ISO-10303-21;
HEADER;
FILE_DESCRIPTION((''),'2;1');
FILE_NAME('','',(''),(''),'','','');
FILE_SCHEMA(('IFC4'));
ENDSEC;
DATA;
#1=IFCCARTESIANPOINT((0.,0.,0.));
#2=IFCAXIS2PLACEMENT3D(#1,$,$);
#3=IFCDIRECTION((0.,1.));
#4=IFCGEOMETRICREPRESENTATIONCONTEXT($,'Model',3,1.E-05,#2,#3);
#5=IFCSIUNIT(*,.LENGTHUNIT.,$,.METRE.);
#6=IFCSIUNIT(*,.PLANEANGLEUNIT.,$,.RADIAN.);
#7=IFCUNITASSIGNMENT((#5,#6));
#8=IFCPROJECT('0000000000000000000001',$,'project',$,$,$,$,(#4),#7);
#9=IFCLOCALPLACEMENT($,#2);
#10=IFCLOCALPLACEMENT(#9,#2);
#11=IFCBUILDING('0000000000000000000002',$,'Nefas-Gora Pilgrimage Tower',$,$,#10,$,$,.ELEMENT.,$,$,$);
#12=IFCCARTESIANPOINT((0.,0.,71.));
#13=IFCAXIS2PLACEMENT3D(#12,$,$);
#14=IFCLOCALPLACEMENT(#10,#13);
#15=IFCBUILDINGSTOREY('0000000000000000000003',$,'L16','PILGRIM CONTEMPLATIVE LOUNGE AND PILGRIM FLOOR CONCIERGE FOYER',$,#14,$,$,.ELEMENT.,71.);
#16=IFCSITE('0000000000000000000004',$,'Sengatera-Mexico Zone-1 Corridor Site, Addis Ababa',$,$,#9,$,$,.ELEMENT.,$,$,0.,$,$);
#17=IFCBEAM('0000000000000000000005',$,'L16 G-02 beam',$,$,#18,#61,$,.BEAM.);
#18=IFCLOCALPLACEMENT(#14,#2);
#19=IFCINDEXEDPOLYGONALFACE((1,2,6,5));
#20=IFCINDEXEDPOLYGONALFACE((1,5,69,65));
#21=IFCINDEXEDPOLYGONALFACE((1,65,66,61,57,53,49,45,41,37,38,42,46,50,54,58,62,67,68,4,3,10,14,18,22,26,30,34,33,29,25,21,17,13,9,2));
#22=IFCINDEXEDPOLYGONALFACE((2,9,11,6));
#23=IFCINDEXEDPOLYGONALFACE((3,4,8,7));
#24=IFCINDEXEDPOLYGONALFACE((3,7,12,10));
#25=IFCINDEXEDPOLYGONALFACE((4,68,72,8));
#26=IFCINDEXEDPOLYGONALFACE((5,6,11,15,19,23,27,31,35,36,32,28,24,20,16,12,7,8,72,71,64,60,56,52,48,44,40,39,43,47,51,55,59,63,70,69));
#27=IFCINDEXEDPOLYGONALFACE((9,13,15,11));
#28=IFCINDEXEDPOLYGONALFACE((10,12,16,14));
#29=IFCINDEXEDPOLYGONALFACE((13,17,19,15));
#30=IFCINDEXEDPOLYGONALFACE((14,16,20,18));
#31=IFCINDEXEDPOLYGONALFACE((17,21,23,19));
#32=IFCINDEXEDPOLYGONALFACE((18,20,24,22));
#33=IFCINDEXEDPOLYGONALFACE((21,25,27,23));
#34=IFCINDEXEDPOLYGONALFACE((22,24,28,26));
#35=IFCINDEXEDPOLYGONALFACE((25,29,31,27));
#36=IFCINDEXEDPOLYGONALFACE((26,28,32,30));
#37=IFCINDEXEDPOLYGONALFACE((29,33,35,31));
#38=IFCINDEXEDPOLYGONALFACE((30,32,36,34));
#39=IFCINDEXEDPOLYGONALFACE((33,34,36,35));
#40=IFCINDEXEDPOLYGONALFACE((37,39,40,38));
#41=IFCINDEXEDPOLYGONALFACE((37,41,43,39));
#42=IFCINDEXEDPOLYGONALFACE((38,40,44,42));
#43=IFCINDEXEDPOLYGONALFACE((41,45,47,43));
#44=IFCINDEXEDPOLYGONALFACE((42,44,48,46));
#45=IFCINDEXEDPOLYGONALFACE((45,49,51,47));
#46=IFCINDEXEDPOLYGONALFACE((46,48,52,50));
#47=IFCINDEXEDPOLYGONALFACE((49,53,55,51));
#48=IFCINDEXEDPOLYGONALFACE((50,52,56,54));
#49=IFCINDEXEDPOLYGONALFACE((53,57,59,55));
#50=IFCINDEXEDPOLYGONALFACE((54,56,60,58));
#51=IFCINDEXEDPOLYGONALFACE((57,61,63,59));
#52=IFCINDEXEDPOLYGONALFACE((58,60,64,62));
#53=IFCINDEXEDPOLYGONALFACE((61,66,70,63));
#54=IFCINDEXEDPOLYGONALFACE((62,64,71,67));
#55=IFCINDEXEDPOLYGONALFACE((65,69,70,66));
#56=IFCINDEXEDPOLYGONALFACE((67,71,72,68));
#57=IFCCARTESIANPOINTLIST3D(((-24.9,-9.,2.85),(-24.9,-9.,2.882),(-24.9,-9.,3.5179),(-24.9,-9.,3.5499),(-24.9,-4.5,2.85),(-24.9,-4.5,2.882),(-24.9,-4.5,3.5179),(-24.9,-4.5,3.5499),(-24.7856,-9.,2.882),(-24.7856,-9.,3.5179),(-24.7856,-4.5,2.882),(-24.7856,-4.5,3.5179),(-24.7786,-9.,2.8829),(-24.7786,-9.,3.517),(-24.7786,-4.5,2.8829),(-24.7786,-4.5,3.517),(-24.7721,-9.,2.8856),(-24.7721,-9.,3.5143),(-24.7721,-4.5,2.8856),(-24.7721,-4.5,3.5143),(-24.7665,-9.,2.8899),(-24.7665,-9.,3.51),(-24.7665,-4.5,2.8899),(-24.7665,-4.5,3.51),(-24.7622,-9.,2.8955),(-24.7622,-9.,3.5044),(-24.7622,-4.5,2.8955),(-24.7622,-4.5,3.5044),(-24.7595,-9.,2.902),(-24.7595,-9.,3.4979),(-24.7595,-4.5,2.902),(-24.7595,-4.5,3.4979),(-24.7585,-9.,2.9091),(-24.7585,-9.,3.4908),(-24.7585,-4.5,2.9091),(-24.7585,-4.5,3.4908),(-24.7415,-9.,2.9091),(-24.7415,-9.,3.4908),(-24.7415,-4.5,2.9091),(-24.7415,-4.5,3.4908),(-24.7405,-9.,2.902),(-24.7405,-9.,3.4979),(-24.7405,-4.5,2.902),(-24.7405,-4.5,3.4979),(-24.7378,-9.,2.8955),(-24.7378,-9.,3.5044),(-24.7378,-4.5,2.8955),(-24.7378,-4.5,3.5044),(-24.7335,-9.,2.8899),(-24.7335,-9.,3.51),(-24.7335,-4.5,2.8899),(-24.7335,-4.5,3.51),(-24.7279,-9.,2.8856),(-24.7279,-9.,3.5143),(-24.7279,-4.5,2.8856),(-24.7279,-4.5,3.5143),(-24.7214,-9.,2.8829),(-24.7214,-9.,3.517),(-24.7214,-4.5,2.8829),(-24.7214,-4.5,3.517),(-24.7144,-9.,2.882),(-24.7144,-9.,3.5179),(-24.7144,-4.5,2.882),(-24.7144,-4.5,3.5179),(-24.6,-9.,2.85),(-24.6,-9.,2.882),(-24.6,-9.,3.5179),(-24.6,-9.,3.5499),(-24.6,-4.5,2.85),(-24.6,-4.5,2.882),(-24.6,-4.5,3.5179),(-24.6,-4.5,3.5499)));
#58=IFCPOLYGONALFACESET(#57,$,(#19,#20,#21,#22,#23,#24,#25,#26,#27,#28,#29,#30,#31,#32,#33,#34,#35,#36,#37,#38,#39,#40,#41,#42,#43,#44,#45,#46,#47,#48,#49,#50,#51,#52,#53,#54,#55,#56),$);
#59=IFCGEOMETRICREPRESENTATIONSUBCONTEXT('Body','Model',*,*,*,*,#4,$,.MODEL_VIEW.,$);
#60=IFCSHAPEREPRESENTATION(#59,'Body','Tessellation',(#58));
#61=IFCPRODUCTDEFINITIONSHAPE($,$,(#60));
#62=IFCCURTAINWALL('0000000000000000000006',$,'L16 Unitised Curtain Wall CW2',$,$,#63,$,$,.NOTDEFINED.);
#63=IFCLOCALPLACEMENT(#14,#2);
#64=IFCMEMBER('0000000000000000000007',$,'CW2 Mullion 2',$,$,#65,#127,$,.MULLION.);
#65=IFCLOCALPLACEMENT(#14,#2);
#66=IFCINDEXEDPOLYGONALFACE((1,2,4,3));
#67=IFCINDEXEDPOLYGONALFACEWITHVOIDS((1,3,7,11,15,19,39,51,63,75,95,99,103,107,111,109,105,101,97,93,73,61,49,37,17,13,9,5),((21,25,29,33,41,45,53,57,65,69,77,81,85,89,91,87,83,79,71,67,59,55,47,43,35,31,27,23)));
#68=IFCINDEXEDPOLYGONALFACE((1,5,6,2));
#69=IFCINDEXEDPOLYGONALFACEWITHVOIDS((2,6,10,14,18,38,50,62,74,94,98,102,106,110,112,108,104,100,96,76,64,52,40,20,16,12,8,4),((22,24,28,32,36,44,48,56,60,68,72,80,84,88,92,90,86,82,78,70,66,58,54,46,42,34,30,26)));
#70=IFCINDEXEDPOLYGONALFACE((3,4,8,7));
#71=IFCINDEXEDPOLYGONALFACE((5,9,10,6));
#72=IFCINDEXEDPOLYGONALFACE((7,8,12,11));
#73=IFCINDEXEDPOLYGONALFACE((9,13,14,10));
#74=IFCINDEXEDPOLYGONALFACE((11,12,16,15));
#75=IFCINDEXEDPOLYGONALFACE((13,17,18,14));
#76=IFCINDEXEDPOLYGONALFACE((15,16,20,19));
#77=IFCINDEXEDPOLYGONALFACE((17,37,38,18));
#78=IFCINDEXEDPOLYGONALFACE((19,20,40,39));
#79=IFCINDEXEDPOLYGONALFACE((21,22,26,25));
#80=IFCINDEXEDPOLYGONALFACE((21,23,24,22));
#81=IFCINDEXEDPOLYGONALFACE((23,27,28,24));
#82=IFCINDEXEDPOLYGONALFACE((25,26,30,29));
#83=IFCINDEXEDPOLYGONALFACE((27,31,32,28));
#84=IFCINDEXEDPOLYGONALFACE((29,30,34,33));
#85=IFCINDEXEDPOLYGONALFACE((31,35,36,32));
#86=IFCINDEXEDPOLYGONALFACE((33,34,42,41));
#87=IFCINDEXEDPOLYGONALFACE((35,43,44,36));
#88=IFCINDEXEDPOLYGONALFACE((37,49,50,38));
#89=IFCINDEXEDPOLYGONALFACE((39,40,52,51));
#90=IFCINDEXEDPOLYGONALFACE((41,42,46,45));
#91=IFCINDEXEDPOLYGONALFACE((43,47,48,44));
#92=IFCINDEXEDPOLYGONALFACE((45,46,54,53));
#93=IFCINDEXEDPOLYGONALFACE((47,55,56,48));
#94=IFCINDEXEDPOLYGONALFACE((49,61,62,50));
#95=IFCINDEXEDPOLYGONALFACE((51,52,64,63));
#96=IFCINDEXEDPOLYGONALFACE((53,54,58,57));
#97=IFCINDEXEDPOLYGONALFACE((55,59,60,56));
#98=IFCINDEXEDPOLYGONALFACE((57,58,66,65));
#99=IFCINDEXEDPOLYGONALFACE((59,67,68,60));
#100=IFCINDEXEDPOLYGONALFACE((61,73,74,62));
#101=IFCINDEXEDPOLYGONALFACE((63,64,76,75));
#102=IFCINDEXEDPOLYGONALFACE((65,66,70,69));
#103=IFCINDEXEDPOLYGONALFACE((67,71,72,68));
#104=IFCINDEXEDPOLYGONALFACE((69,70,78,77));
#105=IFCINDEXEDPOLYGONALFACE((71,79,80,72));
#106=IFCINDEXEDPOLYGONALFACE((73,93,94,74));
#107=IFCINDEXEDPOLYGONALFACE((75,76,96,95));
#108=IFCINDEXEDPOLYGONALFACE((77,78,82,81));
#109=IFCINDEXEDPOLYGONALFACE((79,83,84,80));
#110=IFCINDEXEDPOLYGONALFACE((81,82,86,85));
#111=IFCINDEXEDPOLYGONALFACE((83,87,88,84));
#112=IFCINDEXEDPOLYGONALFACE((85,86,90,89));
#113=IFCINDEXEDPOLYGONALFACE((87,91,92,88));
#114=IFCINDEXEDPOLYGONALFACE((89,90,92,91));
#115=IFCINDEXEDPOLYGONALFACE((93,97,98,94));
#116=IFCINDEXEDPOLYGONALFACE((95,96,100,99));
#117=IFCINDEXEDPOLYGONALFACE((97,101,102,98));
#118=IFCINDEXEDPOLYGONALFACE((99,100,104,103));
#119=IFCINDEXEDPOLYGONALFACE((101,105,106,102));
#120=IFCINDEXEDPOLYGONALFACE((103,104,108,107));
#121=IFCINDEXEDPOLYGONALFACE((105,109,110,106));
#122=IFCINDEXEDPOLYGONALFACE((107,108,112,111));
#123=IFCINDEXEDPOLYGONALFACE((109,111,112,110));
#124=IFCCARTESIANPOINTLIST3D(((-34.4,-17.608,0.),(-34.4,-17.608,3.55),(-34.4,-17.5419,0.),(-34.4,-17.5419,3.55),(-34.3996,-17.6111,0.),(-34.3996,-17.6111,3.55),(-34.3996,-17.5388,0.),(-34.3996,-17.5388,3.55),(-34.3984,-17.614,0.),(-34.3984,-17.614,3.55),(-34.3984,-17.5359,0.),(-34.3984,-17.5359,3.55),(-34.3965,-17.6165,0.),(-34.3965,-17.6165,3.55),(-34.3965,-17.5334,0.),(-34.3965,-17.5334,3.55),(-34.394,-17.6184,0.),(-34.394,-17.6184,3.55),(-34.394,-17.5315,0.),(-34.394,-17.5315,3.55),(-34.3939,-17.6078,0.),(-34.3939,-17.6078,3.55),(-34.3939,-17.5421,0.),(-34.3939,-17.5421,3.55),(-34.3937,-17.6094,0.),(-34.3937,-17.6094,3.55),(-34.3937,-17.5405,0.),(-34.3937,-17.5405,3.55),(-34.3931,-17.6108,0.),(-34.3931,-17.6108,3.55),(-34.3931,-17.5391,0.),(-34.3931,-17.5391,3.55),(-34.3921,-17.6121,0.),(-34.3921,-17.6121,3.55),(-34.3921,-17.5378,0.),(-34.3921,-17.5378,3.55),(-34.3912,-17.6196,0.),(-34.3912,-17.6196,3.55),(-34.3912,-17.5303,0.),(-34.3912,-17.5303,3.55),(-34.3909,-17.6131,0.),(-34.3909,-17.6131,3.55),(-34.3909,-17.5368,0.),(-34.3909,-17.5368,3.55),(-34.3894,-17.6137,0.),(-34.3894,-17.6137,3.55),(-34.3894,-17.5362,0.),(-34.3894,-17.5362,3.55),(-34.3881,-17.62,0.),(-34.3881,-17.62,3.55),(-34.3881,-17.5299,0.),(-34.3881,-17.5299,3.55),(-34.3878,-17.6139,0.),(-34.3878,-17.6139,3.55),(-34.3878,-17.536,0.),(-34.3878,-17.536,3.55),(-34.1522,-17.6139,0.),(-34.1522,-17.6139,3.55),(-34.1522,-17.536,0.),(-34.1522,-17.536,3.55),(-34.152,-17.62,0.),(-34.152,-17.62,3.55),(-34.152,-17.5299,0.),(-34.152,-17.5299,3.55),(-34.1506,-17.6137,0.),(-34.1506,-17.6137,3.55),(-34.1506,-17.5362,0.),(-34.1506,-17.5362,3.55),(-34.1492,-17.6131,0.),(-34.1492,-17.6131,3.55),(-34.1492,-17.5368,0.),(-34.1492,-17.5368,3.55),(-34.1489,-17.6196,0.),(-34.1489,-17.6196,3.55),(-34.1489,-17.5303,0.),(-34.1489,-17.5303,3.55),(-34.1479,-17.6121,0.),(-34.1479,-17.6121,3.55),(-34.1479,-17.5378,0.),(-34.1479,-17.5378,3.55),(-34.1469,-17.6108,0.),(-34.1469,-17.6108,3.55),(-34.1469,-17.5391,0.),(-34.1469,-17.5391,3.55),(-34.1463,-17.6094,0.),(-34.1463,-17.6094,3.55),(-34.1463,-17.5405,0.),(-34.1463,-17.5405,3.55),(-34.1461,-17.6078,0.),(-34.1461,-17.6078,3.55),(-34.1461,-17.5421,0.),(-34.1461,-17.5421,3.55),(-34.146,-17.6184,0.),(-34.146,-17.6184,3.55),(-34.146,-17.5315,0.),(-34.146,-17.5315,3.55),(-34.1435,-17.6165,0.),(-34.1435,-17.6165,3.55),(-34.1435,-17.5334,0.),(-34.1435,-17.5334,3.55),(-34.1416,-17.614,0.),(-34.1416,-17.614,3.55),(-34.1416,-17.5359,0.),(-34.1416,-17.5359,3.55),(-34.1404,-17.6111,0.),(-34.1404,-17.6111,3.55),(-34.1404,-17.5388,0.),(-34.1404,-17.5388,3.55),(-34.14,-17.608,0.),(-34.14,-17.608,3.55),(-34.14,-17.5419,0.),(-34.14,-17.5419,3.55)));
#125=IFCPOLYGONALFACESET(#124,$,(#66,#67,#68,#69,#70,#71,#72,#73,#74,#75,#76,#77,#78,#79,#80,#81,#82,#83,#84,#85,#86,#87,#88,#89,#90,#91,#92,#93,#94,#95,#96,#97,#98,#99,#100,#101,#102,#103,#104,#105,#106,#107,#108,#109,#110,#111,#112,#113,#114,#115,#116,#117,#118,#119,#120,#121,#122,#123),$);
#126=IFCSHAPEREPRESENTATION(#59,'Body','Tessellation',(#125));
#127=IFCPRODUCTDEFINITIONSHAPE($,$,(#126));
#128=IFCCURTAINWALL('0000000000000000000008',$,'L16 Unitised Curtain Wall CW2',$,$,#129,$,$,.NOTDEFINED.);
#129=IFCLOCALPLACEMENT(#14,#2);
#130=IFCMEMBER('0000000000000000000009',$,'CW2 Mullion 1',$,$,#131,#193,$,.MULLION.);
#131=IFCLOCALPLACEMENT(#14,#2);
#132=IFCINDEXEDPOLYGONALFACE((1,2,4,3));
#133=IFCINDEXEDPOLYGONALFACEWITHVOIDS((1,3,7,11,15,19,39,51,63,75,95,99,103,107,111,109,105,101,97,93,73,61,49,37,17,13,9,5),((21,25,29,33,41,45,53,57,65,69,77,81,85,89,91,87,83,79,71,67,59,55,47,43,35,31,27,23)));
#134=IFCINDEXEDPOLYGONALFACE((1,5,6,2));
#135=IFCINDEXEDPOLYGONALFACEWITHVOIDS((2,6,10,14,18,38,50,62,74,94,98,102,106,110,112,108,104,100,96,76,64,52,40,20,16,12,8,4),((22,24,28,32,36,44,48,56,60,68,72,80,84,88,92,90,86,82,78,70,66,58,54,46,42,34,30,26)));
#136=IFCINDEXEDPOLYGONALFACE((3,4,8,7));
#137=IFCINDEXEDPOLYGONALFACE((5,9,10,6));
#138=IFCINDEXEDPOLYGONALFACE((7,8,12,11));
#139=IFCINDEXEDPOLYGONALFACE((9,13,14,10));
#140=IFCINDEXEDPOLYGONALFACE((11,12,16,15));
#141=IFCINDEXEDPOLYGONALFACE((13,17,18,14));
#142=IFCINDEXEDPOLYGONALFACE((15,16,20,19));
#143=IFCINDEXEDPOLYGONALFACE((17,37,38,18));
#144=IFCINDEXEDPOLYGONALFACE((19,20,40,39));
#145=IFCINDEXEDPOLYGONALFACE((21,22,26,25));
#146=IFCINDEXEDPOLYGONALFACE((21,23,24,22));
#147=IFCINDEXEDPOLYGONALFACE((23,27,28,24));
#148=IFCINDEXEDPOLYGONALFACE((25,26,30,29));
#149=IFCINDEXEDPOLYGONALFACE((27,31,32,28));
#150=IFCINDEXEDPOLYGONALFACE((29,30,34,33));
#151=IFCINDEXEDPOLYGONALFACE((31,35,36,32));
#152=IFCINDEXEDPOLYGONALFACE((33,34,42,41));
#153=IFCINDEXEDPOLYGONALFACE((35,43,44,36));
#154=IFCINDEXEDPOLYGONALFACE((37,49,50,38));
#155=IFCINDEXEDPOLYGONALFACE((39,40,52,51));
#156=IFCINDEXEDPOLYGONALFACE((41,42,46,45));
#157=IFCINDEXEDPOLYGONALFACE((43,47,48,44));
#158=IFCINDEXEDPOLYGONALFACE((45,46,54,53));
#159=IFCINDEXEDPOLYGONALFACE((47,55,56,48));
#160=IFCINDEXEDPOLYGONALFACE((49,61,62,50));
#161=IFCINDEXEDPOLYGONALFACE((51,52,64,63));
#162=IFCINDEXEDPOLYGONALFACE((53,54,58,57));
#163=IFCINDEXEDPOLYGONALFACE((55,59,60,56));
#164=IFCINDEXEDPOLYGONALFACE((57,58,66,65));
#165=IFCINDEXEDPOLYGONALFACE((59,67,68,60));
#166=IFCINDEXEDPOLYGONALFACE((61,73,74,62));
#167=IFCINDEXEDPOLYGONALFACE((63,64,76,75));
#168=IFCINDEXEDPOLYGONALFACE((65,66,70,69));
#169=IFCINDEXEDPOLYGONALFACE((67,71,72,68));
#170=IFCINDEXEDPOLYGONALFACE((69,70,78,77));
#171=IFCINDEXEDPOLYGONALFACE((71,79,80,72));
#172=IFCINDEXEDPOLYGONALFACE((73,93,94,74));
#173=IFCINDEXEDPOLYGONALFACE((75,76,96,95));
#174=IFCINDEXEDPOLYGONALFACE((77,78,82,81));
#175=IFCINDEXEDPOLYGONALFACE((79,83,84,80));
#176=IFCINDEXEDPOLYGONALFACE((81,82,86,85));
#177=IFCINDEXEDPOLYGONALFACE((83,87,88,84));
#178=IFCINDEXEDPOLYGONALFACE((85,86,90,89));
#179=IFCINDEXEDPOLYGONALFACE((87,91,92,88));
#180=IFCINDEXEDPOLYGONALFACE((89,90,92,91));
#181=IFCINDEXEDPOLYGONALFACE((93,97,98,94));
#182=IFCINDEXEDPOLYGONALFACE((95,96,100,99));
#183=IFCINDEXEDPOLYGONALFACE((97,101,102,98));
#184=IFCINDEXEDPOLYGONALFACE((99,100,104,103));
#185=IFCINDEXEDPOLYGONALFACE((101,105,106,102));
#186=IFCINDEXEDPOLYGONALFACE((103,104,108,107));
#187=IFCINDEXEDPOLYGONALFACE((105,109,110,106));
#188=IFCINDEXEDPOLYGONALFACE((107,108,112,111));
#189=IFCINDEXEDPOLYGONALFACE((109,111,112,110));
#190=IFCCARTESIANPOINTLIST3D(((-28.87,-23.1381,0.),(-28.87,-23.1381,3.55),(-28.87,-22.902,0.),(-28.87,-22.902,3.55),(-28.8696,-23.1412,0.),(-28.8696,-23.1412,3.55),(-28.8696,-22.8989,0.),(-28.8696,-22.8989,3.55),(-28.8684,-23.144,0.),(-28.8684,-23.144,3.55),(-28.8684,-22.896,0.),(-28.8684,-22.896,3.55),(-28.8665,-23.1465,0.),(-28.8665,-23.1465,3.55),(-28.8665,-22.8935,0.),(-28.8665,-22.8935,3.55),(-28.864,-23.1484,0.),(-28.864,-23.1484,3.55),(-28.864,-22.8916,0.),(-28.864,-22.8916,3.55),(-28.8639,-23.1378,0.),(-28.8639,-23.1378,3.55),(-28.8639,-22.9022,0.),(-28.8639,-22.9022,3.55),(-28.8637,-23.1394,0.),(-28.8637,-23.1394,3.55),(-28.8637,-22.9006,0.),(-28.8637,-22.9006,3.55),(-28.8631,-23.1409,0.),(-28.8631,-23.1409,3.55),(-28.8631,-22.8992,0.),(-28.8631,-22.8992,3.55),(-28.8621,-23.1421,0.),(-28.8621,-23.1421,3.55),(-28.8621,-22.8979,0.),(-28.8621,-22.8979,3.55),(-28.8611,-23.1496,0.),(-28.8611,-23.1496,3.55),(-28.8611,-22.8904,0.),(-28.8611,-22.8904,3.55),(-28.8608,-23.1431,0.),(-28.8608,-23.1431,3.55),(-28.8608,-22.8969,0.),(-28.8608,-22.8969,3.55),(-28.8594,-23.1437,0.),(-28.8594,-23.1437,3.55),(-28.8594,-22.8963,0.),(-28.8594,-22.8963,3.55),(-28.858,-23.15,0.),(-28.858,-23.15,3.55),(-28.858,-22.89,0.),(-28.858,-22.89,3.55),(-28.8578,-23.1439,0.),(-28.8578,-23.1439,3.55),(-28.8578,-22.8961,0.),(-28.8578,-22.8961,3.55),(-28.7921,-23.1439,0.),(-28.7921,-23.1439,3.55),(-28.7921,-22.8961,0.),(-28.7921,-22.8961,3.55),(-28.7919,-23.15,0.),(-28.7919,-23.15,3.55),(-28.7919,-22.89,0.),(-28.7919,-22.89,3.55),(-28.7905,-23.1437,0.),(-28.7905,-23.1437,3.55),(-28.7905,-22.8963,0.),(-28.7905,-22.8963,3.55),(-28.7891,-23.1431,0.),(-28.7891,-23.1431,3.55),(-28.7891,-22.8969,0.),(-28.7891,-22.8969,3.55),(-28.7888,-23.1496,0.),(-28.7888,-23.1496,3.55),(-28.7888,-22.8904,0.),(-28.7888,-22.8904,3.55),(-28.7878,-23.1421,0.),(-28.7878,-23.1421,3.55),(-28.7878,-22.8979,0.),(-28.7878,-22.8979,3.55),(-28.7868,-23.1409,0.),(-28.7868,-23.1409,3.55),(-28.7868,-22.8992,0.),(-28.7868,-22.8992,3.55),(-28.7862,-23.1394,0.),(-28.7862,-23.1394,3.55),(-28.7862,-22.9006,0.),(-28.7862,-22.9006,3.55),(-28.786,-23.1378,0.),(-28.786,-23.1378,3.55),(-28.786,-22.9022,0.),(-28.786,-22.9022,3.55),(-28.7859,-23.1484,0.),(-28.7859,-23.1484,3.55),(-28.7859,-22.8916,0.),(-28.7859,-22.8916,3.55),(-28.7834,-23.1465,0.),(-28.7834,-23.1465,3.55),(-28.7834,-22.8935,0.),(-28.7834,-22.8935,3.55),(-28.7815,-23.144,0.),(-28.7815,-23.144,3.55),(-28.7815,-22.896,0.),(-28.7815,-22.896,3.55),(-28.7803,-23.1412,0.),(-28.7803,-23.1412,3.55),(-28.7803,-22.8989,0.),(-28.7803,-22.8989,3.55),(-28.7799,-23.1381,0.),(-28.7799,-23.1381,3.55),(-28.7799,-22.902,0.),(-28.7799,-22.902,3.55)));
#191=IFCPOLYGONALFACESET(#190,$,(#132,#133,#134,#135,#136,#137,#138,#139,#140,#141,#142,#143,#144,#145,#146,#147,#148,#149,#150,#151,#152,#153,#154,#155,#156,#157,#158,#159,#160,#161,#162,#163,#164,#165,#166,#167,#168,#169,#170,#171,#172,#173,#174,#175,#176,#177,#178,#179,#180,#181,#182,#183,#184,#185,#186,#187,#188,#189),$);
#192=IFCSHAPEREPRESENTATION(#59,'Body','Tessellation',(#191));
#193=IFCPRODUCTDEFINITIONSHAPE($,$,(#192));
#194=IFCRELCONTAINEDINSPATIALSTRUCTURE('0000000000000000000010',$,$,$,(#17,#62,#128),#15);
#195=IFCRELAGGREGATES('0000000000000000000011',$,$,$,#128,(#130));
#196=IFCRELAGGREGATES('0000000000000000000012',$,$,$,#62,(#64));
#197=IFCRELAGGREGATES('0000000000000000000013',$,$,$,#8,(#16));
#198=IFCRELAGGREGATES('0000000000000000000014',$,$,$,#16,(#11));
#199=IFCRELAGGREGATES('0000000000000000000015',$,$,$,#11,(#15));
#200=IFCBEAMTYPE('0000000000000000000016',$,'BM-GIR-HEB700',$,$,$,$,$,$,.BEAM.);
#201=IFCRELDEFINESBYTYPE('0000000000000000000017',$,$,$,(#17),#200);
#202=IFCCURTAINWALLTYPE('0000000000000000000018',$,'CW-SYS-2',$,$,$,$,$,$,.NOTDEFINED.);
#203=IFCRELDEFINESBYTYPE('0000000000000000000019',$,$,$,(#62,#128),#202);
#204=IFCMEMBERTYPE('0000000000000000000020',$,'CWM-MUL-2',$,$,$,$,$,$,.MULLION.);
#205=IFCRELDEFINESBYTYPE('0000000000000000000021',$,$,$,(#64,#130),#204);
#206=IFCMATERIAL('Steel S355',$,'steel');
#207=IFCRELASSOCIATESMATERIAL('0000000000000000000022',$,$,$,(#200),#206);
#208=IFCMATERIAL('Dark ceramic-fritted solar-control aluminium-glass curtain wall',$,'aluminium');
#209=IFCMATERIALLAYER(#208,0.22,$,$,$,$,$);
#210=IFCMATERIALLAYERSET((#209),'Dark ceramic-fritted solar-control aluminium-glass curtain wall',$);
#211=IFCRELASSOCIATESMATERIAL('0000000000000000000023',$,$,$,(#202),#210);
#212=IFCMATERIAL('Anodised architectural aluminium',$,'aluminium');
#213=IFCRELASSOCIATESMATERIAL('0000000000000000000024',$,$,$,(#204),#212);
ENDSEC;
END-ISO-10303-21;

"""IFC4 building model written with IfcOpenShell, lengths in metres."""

from ifc_helpers import new_model, si_unit, direction, frame, origin, origin_2d, place, context, subcontext, project, spatial, hollow_rectangle, i_section, extrude, source, transform, mapped, material, layer, layer_set, material_profile, profile_set, type_object, element, aggregate, save


model = new_model("IFC4")

# Units and contexts
model_context = context("Model", 3, precision=1e-05, world=origin(), true_north=direction((0.0, 1.0)))
body_context = subcontext(model_context, "Body", "Model", "MODEL_VIEW")
ifc_project = project(units=[si_unit("LENGTHUNIT", "METRE"), si_unit("PLANEANGLEUNIT", "RADIAN")], contexts=[model_context])

# Site, building, storey
site_placement = place(None, origin())
site = spatial("IfcSite", under=ifc_project, at=site_placement, Name="Sengatera-Mexico Zone-1 Corridor Site, Addis Ababa", CompositionType="ELEMENT", RefElevation=0.0)
building_placement = place(site_placement, origin())
building = spatial("IfcBuilding", under=site, at=building_placement, Name="Nefas-Gora Pilgrimage Tower", CompositionType="ELEMENT")
storey_placement = place(building_placement, frame((0.0, 0.0, 71.0)))
storey = spatial("IfcBuildingStorey", under=building, at=storey_placement, Name="L16", Description="PILGRIM CONTEMPLATIVE LOUNGE AND PILGRIM FLOOR CONCIERGE FOYER", CompositionType="ELEMENT", Elevation=71.0)

# Beam
ifc_material_1 = material(Name="Steel S355", Category="steel")
ifc_material_profile_1 = material_profile(ifc_material_1, i_section(OverallWidth=0.3, OverallDepth=0.7, WebThickness=0.0171, FlangeThickness=0.032, FilletRadius=0.0271, at=origin_2d()), Name="HEB 700")
ifc_profile_set_1 = profile_set([ifc_material_profile_1], Name="Steel S355")
beam_type_1 = type_object("IfcBeamType", Name="BM-GIR-HEB700", PredefinedType="BEAM", material=ifc_profile_set_1)
shared_shape_1 = source(origin(), body_context, "Body", "SweptSolid", [
    extrude(i_section(OverallWidth=0.3, OverallDepth=0.7, WebThickness=0.0171, FlangeThickness=0.032, FilletRadius=0.0271, at=origin_2d()), origin(), (0.0, 0.0, 1.0), 4.5),
])
for number, where, z_axis, x_axis, name in (
    (1, (-24.75, -9.0, 3.2), (0.0, 1.0, 0.0), (-1.0, 0.0, 0.0), "L16 G-02 beam"),
):
    element("IfcBeam", number, at=place(storey_placement, frame(where, z_axis=z_axis, x_axis=x_axis)), inside=storey, type_object=beam_type_1, Name=name, PredefinedType="BEAM", context=body_context, shape_type="MappedRepresentation", body=[
        mapped(shared_shape_1, transform((0.0, 0.0, 0.0), x_axis=(1.0, 0.0, 0.0), y_axis=(0.0, 1.0, 0.0), z_axis=(0.0, 0.0, 1.0), scale=1.0)),
    ])

# Curtain wall, member
ifc_material_2 = material(Name="Dark ceramic-fritted solar-control aluminium-glass curtain wall", Category="aluminium")
ifc_layer_1 = layer(ifc_material_2, 0.22)
ifc_layer_set_1 = layer_set([ifc_layer_1], Name="Dark ceramic-fritted solar-control aluminium-glass curtain wall")
curtain_wall_type = type_object("IfcCurtainWallType", Name="CW-SYS-2", PredefinedType="NOTDEFINED", material=ifc_layer_set_1)
curtain_wall_1_placement = place(storey_placement, origin())
curtain_wall_1 = element("IfcCurtainWall", 2, at=curtain_wall_1_placement, inside=storey, type_object=curtain_wall_type, Name="L16 Unitised Curtain Wall CW2", PredefinedType="NOTDEFINED")
ifc_material_3 = material(Name="Anodised architectural aluminium", Category="aluminium")
ifc_material_profile_2 = material_profile(ifc_material_3, hollow_rectangle(XDim=0.0901, YDim=0.26, WallThickness=0.0061, InnerFilletRadius=0.0061, OuterFilletRadius=0.012, at=origin_2d()), Name="ALU MULLION 90x260")
ifc_profile_set_2 = profile_set([ifc_material_profile_2], Name="Anodised architectural aluminium")
member_type_1 = type_object("IfcMemberType", Name="CWM-MUL-2", PredefinedType="MULLION", material=ifc_profile_set_2)
shared_shape_2 = source(origin(), body_context, "Body", "SweptSolid", [
    extrude(hollow_rectangle(XDim=0.0901, YDim=0.26, WallThickness=0.0061, InnerFilletRadius=0.0061, OuterFilletRadius=0.012, at=origin_2d()), origin(), (0.0, 0.0, 1.0), 3.55),
])
member_1_placement = place(storey_placement, frame((-34.27, -17.575, 0.0), z_axis=(0.0, 0.0, 1.0), x_axis=(0.0, -1.0, 0.0)))
member_1 = element("IfcMember", 3, at=member_1_placement, type_object=member_type_1, Name="CW2 Mullion 2", PredefinedType="MULLION", context=body_context, shape_type="MappedRepresentation", body=[
    mapped(shared_shape_2, transform((0.0, 0.0, 0.0), x_axis=(1.0, 0.0, 0.0), y_axis=(0.0, 1.0, 0.0), z_axis=(0.0, 0.0, 1.0), scale=1.0)),
])

# Curtain wall, member
curtain_wall_2_placement = place(storey_placement, origin())
curtain_wall_2 = element("IfcCurtainWall", 4, at=curtain_wall_2_placement, inside=storey, type_object=curtain_wall_type, Name="L16 Unitised Curtain Wall CW2", PredefinedType="NOTDEFINED")
member_2_placement = place(storey_placement, frame((-28.825, -23.02, 0.0), z_axis=(0.0, 0.0, 1.0), x_axis=(1.0, 0.0, 0.0)))
member_2 = element("IfcMember", 5, at=member_2_placement, type_object=member_type_1, Name="CW2 Mullion 1", PredefinedType="MULLION", context=body_context, shape_type="MappedRepresentation", body=[
    mapped(shared_shape_2, transform((0.0, 0.0, 0.0), x_axis=(1.0, 0.0, 0.0), y_axis=(0.0, 1.0, 0.0), z_axis=(0.0, 0.0, 1.0), scale=1.0)),
])
aggregate(curtain_wall_2, [member_2])

aggregate(curtain_wall_1, [member_1])

save(model, "model.ifc")
